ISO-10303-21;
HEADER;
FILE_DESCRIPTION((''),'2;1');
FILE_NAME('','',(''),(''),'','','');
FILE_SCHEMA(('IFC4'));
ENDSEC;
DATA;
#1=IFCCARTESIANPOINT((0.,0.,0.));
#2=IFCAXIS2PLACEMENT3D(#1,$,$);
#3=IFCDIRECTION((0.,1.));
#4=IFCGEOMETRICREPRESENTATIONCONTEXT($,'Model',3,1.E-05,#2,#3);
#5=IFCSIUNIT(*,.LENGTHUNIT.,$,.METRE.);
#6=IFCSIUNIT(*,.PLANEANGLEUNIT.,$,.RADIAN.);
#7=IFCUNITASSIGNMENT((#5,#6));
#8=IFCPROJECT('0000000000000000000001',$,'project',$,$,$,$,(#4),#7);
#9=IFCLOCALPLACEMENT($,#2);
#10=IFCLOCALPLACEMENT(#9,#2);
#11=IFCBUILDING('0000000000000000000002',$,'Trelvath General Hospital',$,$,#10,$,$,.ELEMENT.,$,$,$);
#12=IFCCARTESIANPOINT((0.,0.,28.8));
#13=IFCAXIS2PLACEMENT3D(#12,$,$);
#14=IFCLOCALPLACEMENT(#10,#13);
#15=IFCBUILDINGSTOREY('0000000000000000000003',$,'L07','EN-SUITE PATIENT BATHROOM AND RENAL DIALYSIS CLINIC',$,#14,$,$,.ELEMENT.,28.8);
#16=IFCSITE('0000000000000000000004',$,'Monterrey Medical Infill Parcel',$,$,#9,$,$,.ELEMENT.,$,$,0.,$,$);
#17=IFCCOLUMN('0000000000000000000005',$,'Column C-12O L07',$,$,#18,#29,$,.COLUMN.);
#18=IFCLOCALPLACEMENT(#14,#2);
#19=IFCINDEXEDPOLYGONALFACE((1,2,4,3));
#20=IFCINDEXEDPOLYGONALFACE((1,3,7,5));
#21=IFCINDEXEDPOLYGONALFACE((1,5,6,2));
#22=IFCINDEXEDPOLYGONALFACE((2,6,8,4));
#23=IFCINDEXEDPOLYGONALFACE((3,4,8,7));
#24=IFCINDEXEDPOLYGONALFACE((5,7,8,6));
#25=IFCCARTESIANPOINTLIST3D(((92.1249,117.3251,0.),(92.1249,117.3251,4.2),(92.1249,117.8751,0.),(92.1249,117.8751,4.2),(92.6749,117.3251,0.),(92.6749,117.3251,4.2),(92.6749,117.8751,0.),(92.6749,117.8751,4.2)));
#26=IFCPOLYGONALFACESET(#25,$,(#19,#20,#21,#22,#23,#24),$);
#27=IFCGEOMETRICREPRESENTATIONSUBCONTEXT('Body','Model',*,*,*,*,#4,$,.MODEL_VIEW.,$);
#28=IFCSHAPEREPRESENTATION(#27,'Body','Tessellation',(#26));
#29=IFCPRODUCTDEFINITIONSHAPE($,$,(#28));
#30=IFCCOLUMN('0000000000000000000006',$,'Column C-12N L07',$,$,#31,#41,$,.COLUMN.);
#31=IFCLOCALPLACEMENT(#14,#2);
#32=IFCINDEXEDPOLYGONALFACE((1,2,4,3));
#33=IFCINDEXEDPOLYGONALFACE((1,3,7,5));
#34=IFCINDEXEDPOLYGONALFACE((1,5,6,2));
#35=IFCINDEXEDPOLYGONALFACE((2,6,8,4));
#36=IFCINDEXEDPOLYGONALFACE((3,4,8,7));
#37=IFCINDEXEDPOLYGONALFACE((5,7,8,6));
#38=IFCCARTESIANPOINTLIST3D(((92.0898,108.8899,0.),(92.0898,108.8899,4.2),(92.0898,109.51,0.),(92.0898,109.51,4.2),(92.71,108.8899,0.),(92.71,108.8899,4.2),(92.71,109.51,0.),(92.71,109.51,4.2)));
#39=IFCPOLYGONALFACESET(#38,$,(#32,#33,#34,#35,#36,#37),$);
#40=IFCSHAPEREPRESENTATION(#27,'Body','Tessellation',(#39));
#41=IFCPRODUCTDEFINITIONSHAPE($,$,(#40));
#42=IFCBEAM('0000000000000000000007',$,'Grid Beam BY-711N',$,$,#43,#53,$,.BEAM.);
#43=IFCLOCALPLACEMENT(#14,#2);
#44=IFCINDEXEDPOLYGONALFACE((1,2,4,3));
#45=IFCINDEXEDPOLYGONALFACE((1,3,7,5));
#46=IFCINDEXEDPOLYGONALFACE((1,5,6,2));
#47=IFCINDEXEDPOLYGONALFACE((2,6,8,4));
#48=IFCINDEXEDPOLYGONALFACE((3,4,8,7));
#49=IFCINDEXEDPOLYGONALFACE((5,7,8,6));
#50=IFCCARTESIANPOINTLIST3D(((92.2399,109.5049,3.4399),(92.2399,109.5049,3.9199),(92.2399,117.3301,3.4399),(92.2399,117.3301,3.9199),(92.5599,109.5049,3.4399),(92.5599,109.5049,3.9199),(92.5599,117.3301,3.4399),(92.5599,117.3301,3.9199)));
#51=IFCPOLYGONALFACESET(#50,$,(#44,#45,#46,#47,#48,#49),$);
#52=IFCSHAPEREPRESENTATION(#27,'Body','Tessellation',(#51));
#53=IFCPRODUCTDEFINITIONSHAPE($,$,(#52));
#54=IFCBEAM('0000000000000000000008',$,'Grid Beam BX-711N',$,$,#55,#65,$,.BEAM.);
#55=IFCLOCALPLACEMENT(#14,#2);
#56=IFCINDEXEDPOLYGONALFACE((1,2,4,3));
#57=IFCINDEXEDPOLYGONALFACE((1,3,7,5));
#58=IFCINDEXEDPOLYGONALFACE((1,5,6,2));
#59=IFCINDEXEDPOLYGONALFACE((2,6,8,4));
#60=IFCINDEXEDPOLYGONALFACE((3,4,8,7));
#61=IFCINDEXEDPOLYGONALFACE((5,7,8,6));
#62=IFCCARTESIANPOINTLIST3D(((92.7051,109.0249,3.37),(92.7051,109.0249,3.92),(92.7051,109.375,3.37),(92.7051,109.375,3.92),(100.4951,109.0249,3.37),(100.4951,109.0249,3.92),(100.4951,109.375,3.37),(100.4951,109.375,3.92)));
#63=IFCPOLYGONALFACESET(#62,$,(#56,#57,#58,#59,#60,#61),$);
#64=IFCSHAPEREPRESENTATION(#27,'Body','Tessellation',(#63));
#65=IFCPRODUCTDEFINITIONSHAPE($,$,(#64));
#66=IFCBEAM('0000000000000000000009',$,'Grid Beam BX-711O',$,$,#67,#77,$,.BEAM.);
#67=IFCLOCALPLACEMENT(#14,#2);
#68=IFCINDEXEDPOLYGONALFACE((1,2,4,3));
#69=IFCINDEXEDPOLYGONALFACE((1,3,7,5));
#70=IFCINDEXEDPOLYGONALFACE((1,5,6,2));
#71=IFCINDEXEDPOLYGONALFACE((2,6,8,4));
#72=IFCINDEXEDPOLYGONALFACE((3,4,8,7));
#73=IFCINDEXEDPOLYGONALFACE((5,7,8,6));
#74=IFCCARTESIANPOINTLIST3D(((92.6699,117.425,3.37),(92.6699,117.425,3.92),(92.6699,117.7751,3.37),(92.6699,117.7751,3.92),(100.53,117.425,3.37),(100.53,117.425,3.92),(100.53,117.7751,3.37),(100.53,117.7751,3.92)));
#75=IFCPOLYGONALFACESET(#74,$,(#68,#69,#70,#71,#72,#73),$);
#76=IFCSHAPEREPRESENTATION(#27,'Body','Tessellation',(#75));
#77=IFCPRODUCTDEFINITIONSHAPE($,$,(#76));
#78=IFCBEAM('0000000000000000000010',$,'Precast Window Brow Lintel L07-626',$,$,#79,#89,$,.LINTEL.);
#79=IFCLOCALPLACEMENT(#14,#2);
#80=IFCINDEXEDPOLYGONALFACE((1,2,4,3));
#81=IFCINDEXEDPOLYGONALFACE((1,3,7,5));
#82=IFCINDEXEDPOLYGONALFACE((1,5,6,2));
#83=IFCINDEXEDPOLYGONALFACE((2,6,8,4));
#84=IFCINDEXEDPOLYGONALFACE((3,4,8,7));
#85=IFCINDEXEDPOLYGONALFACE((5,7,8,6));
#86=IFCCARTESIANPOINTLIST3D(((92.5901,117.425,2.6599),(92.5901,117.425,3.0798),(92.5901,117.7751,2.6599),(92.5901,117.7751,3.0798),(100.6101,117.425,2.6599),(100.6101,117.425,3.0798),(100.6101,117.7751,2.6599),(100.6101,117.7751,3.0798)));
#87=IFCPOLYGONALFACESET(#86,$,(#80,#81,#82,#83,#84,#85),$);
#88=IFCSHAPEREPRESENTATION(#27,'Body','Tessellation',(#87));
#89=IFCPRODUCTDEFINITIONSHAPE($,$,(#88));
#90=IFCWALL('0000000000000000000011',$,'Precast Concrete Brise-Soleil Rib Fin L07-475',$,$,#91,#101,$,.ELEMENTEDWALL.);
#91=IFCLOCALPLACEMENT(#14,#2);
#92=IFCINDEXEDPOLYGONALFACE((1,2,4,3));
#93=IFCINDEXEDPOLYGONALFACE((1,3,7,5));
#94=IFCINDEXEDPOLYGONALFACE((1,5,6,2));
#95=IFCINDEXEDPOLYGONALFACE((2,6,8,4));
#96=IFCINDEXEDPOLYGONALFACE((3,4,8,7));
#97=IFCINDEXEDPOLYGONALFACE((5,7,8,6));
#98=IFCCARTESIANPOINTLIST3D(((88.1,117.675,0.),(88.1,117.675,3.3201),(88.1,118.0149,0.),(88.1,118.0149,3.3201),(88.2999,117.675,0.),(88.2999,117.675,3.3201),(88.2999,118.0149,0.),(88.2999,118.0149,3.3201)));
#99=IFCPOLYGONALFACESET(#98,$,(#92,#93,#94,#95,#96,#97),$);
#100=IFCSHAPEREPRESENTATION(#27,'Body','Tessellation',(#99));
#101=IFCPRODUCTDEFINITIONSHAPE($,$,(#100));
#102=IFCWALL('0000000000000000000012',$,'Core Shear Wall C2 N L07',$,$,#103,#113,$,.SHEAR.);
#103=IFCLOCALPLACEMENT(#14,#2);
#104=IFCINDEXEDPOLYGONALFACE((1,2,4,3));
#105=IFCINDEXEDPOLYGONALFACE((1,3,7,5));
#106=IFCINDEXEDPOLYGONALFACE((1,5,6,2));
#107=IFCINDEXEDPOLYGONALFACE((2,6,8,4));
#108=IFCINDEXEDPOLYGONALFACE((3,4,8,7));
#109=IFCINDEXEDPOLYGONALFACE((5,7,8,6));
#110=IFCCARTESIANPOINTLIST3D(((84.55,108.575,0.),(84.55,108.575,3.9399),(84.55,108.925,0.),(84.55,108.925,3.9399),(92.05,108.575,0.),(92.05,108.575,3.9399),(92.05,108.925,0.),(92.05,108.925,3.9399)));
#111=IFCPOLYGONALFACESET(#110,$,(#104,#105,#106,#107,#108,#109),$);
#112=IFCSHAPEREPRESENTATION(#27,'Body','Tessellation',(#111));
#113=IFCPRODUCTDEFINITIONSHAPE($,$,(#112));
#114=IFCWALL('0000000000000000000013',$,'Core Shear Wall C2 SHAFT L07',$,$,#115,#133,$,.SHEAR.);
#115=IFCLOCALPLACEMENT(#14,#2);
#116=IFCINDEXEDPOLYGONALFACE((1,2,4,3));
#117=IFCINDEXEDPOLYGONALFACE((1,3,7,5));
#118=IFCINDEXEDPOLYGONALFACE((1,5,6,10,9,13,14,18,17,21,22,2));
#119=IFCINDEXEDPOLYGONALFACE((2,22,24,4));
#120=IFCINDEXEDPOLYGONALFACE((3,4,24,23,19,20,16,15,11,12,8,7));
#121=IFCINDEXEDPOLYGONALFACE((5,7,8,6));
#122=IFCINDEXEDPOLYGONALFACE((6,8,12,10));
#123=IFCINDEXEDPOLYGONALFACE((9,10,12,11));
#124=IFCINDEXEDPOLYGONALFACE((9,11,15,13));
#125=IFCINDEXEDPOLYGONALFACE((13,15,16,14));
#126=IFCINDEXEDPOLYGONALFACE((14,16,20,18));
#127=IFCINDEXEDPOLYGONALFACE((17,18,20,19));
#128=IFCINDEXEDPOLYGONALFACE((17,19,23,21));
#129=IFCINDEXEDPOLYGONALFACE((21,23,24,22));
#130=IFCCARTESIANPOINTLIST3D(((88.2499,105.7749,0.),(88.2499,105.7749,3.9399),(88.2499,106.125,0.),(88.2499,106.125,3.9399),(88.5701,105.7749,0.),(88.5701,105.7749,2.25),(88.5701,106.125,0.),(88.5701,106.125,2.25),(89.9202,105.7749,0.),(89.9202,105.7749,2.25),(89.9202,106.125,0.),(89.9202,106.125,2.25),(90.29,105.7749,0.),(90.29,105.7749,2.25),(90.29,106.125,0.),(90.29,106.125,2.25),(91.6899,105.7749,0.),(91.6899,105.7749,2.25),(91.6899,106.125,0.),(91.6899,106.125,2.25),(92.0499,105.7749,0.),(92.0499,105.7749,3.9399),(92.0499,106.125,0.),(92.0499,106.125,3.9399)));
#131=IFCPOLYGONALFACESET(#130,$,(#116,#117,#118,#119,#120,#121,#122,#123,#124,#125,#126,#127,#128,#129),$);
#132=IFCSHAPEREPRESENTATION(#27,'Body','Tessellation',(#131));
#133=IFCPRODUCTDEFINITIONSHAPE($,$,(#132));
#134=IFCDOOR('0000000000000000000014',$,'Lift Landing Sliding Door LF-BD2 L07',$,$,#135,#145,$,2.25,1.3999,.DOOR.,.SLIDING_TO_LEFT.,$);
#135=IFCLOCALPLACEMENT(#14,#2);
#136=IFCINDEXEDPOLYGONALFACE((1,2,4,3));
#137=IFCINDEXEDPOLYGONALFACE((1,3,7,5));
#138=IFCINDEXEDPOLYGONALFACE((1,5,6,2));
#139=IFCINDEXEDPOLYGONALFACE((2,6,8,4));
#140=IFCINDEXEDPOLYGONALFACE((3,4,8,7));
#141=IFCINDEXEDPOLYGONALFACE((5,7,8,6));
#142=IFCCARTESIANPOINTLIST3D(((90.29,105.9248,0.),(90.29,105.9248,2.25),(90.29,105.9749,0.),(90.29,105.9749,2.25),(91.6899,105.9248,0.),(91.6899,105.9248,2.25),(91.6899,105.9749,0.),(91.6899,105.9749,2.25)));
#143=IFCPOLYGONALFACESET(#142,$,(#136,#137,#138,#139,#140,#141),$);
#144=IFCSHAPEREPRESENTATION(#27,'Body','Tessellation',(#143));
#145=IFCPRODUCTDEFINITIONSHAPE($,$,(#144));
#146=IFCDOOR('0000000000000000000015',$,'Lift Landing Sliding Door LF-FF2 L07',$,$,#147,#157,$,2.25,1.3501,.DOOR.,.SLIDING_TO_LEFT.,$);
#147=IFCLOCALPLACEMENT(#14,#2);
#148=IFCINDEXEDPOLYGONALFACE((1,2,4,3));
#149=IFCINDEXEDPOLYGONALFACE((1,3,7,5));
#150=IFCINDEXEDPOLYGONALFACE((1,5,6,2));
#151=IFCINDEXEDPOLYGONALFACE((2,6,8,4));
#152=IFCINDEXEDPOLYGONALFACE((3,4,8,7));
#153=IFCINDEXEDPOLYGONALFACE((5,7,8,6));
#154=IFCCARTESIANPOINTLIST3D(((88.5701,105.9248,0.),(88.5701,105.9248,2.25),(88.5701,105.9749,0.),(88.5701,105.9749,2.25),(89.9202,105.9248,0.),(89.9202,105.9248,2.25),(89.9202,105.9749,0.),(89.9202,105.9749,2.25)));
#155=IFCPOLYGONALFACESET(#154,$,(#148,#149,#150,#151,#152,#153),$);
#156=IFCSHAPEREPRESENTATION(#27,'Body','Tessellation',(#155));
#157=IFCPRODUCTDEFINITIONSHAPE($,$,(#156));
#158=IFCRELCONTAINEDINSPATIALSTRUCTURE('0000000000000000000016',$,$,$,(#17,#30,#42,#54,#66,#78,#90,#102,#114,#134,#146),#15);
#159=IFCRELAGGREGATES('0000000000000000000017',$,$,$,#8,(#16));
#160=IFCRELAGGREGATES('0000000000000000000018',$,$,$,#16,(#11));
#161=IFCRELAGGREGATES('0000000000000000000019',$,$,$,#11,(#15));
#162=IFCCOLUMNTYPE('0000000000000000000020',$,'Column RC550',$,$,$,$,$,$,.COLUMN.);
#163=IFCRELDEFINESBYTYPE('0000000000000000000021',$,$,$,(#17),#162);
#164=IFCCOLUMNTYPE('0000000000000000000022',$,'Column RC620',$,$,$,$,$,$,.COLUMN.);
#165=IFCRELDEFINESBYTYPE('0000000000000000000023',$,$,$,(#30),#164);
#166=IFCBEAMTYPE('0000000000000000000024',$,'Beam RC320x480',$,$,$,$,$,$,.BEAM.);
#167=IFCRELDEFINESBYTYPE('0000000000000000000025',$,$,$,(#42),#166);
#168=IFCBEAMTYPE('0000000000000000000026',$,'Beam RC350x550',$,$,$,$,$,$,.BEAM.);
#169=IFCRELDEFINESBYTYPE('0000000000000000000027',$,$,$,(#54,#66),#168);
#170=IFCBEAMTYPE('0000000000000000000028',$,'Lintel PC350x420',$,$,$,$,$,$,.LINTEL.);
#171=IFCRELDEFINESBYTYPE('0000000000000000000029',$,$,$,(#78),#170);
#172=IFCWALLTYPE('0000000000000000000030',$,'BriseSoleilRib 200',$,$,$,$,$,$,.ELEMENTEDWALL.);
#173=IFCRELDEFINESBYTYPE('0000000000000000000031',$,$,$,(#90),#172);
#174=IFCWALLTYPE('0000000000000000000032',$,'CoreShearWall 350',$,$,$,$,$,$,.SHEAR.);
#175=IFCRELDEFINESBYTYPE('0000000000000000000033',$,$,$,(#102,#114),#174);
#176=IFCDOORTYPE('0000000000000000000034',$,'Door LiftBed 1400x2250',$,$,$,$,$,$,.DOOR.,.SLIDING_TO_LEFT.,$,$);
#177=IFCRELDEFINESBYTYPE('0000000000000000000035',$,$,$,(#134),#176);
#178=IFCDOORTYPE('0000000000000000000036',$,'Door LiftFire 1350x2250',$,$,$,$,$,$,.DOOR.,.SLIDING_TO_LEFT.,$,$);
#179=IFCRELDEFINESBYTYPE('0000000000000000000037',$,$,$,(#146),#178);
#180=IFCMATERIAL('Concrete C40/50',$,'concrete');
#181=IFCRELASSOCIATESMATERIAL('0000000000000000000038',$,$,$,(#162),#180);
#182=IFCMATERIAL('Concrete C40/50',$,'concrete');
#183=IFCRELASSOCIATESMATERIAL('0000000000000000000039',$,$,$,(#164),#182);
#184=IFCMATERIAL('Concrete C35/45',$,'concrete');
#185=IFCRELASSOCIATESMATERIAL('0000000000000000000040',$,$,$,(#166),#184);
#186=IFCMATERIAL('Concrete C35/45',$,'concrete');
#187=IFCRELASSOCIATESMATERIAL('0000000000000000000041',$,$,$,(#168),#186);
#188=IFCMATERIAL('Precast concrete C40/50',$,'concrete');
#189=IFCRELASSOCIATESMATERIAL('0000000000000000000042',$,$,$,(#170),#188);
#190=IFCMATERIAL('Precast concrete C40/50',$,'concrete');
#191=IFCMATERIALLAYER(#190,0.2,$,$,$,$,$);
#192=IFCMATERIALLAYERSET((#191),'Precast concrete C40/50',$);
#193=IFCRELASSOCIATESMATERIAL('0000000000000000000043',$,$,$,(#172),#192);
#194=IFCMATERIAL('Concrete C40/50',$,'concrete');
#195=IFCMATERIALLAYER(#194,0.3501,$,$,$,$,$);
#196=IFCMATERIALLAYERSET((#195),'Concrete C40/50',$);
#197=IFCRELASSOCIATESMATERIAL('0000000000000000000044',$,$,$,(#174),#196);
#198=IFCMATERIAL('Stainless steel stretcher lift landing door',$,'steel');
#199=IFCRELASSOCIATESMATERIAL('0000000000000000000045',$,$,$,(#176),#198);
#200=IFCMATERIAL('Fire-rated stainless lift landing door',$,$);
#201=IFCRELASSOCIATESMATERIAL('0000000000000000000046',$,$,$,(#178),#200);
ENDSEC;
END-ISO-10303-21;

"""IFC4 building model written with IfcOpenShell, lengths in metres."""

from ifc_helpers import new_model, si_unit, direction, frame, frame_2d, origin, origin_2d, place, context, subcontext, project, spatial, rectangle, extrude, material, layer, layer_set, material_profile, profile_set, type_object, element, fill, save


model = new_model("IFC4")

# Units and contexts
model_context = context("Model", 3, precision=1e-05, world=origin(), true_north=direction((0.0, 1.0)))
body_context = subcontext(model_context, "Body", "Model", "MODEL_VIEW")
ifc_project = project(units=[si_unit("LENGTHUNIT", "METRE"), si_unit("PLANEANGLEUNIT", "RADIAN")], contexts=[model_context])

# Site, building, storey
site_placement = place(None, origin())
site = spatial("IfcSite", under=ifc_project, at=site_placement, Name="Monterrey Medical Infill Parcel", CompositionType="ELEMENT", RefElevation=0.0)
building_placement = place(site_placement, origin())
building = spatial("IfcBuilding", under=site, at=building_placement, Name="Trelvath General Hospital", CompositionType="ELEMENT")
storey_placement = place(building_placement, frame((0.0, 0.0, 28.8)))
storey = spatial("IfcBuildingStorey", under=building, at=storey_placement, Name="L07", Description="EN-SUITE PATIENT BATHROOM AND RENAL DIALYSIS CLINIC", CompositionType="ELEMENT", Elevation=28.8)

# Columns
ifc_material_1 = material(Name="Concrete C40/50", Category="concrete")
ifc_material_profile_1 = material_profile(ifc_material_1, rectangle(XDim=0.55, YDim=0.55, at=origin_2d()), Name="RC550x550")
ifc_profile_set_1 = profile_set([ifc_material_profile_1], Name="Concrete C40/50")
column_type_1 = type_object("IfcColumnType", Name="Column RC550", PredefinedType="COLUMN", material=ifc_profile_set_1)
column_1_placement = place(storey_placement, frame((92.3999, 117.6001, 0.0), z_axis=(0.0, 0.0, 1.0), x_axis=(1.0, 0.0, 0.0)))
element("IfcColumn", 1, at=column_1_placement, inside=storey, type_object=column_type_1, Name="Column C-12O L07", PredefinedType="COLUMN", context=body_context, shape_type="SweptSolid", body=[
    extrude(rectangle(XDim=0.55, YDim=0.55, at=origin_2d()), origin(), (0.0, 0.0, 1.0), 4.2),
])
ifc_material_2 = material(Name="Concrete C40/50", Category="concrete")
ifc_material_profile_2 = material_profile(ifc_material_2, rectangle(XDim=0.6201, YDim=0.6201, at=origin_2d()), Name="RC620x620")
ifc_profile_set_2 = profile_set([ifc_material_profile_2], Name="Concrete C40/50")
column_type_2 = type_object("IfcColumnType", Name="Column RC620", PredefinedType="COLUMN", material=ifc_profile_set_2)
column_2_placement = place(storey_placement, frame((92.3999, 109.2, 0.0), z_axis=(0.0, 0.0, 1.0), x_axis=(1.0, 0.0, 0.0)))
element("IfcColumn", 2, at=column_2_placement, inside=storey, type_object=column_type_2, Name="Column C-12N L07", PredefinedType="COLUMN", context=body_context, shape_type="SweptSolid", body=[
    extrude(rectangle(XDim=0.6201, YDim=0.6201, at=origin_2d()), origin(), (0.0, 0.0, 1.0), 4.2),
])

# Beams
ifc_material_3 = material(Name="Concrete C35/45", Category="concrete")
ifc_material_profile_3 = material_profile(ifc_material_3, rectangle(XDim=0.3201, YDim=0.48, at=origin_2d()), Name="RCB320x480")
ifc_profile_set_3 = profile_set([ifc_material_profile_3], Name="Concrete C35/45")
beam_type_1 = type_object("IfcBeamType", Name="Beam RC320x480", PredefinedType="BEAM", material=ifc_profile_set_3)
beam_1_placement = place(storey_placement, frame((92.3999, 109.5049, 3.6799), z_axis=(0.0, 1.0, 0.0), x_axis=(-1.0, 0.0, 0.0)))
element("IfcBeam", 3, at=beam_1_placement, inside=storey, type_object=beam_type_1, Name="Grid Beam BY-711N", PredefinedType="BEAM", context=body_context, shape_type="SweptSolid", body=[
    extrude(rectangle(XDim=0.3201, YDim=0.48, at=origin_2d()), origin(), (0.0, 0.0, 1.0), 7.8252),
])
ifc_material_4 = material(Name="Concrete C35/45", Category="concrete")
ifc_material_profile_4 = material_profile(ifc_material_4, rectangle(XDim=0.3501, YDim=0.55, at=origin_2d()), Name="RCB350x550")
ifc_profile_set_4 = profile_set([ifc_material_profile_4], Name="Concrete C35/45")
beam_type_2 = type_object("IfcBeamType", Name="Beam RC350x550", PredefinedType="BEAM", material=ifc_profile_set_4)
beam_2_placement = place(storey_placement, frame((92.7051, 109.2, 3.645), z_axis=(1.0, 0.0, 0.0), x_axis=(0.0, 1.0, 0.0)))
element("IfcBeam", 4, at=beam_2_placement, inside=storey, type_object=beam_type_2, Name="Grid Beam BX-711N", PredefinedType="BEAM", context=body_context, shape_type="SweptSolid", body=[
    extrude(rectangle(XDim=0.3501, YDim=0.55, at=origin_2d()), origin(), (0.0, 0.0, 1.0), 7.79),
])
beam_3_placement = place(storey_placement, frame((92.6699, 117.6001, 3.645), z_axis=(1.0, 0.0, 0.0), x_axis=(0.0, 1.0, 0.0)))
element("IfcBeam", 5, at=beam_3_placement, inside=storey, type_object=beam_type_2, Name="Grid Beam BX-711O", PredefinedType="BEAM", context=body_context, shape_type="SweptSolid", body=[
    extrude(rectangle(XDim=0.3501, YDim=0.55, at=origin_2d()), origin(), (0.0, 0.0, 1.0), 7.8601),
])
ifc_material_5 = material(Name="Precast concrete C40/50", Category="concrete")
ifc_material_profile_5 = material_profile(ifc_material_5, rectangle(XDim=0.3501, YDim=0.4199, at=origin_2d()), Name="PCL350x420")
ifc_profile_set_5 = profile_set([ifc_material_profile_5], Name="Precast concrete C40/50")
beam_type_3 = type_object("IfcBeamType", Name="Lintel PC350x420", PredefinedType="LINTEL", material=ifc_profile_set_5)
beam_4_placement = place(storey_placement, frame((92.5901, 117.6001, 2.8699), z_axis=(1.0, 0.0, 0.0), x_axis=(0.0, 1.0, 0.0)))
element("IfcBeam", 6, at=beam_4_placement, inside=storey, type_object=beam_type_3, Name="Precast Window Brow Lintel L07-626", PredefinedType="LINTEL", context=body_context, shape_type="SweptSolid", body=[
    extrude(rectangle(XDim=0.3501, YDim=0.4199, at=origin_2d()), origin(), (0.0, 0.0, 1.0), 8.02),
])

# Walls
ifc_material_6 = material(Name="Precast concrete C40/50", Category="concrete")
ifc_layer_1 = layer(ifc_material_6, 0.2)
ifc_layer_set_1 = layer_set([ifc_layer_1], Name="Precast concrete C40/50")
wall_type_1 = type_object("IfcWallType", Name="BriseSoleilRib 200", PredefinedType="ELEMENTEDWALL", material=ifc_layer_set_1)
wall_1_placement = place(storey_placement, frame((88.2, 117.675, 0.0), z_axis=(0.0, 0.0, 1.0), x_axis=(0.0, 1.0, 0.0)))
element("IfcWall", 7, at=wall_1_placement, inside=storey, type_object=wall_type_1, Name="Precast Concrete Brise-Soleil Rib Fin L07-475", PredefinedType="ELEMENTEDWALL", context=body_context, shape_type="SweptSolid", body=[
    extrude(rectangle(XDim=0.3398, YDim=0.2, at=frame_2d((0.1699, 0.0))), origin(), (0.0, 0.0, 1.0), 3.3201),
])
ifc_material_7 = material(Name="Concrete C40/50", Category="concrete")
ifc_layer_2 = layer(ifc_material_7, 0.3501)
ifc_layer_set_2 = layer_set([ifc_layer_2], Name="Concrete C40/50")
wall_type_2 = type_object("IfcWallType", Name="CoreShearWall 350", PredefinedType="SHEAR", material=ifc_layer_set_2)
wall_2_placement = place(storey_placement, frame((84.55, 108.75, 0.0), z_axis=(0.0, 0.0, 1.0), x_axis=(1.0, 0.0, 0.0)))
element("IfcWall", 8, at=wall_2_placement, inside=storey, type_object=wall_type_2, Name="Core Shear Wall C2 N L07", PredefinedType="SHEAR", context=body_context, shape_type="SweptSolid", body=[
    extrude(rectangle(XDim=7.5, YDim=0.3501, at=frame_2d((3.75, 0.0))), origin(), (0.0, 0.0, 1.0), 3.9399),
])

# Wall, openings, doors
wall_3_placement = place(storey_placement, frame((88.25, 105.95, 0.0), z_axis=(0.0, 0.0, 1.0), x_axis=(1.0, 0.0, 0.0)))
wall_3 = element("IfcWall", 9, at=wall_3_placement, inside=storey, type_object=wall_type_2, Name="Core Shear Wall C2 SHAFT L07", PredefinedType="SHEAR", context=body_context, shape_type="SweptSolid", body=[
    extrude(rectangle(XDim=3.8, YDim=0.3501, at=frame_2d((1.8999, 0.0))), origin(), (0.0, 0.0, 1.0), 3.9399),
])
opening_1_placement = place(wall_3_placement, frame((0.3201, 0.0, 0.0)))
opening_1 = element("IfcOpeningElement", 10, at=opening_1_placement, cuts=wall_3, PredefinedType="OPENING", context=body_context, shape_type="SweptSolid", body=[
    extrude(rectangle(XDim=1.3501, YDim=2.25, at=frame_2d((0.675, 1.125))), frame((0.0, 0.1851, 0.0), z_axis=(0.0, -1.0, 0.0), x_axis=(1.0, 0.0, 0.0)), (0.0, 0.0, 1.0), 0.3701),
])
opening_2_placement = place(wall_3_placement, frame((2.04, 0.0, 0.0)))
opening_2 = element("IfcOpeningElement", 11, at=opening_2_placement, cuts=wall_3, PredefinedType="OPENING", context=body_context, shape_type="SweptSolid", body=[
    extrude(rectangle(XDim=1.3999, YDim=2.25, at=frame_2d((0.7, 1.125))), frame((0.0, 0.1851, 0.0), z_axis=(0.0, -1.0, 0.0), x_axis=(1.0, 0.0, 0.0)), (0.0, 0.0, 1.0), 0.3701),
])
ifc_material_8 = material(Name="Stainless steel stretcher lift landing door", Category="steel")
door_type_1 = type_object("IfcDoorType", Name="Door LiftBed 1400x2250", OperationType="SLIDING_TO_LEFT", PredefinedType="DOOR", material=ifc_material_8)
door_1_placement = place(opening_2_placement, origin())
door_1 = element("IfcDoor", 12, at=door_1_placement, inside=storey, type_object=door_type_1, Name="Lift Landing Sliding Door LF-BD2 L07", OperationType="SLIDING_TO_LEFT", OverallHeight=2.25, OverallWidth=1.3999, PredefinedType="DOOR", context=body_context, shape_type="SweptSolid", body=[
    extrude(rectangle(XDim=1.3999, YDim=2.25, at=frame_2d((0.7, 1.125))), frame((0.0, 0.0249, 0.0), z_axis=(0.0, -1.0, 0.0), x_axis=(1.0, 0.0, 0.0)), (0.0, 0.0, 1.0), 0.05),
])
fill(opening_2, door_1)
ifc_material_9 = material(Name="Fire-rated stainless lift landing door")
door_type_2 = type_object("IfcDoorType", Name="Door LiftFire 1350x2250", OperationType="SLIDING_TO_LEFT", PredefinedType="DOOR", material=ifc_material_9)
door_2_placement = place(opening_1_placement, origin())
door_2 = element("IfcDoor", 13, at=door_2_placement, inside=storey, type_object=door_type_2, Name="Lift Landing Sliding Door LF-FF2 L07", OperationType="SLIDING_TO_LEFT", OverallHeight=2.25, OverallWidth=1.3501, PredefinedType="DOOR", context=body_context, shape_type="SweptSolid", body=[
    extrude(rectangle(XDim=1.3501, YDim=2.25, at=frame_2d((0.675, 1.125))), frame((0.0, 0.0249, 0.0), z_axis=(0.0, -1.0, 0.0), x_axis=(1.0, 0.0, 0.0)), (0.0, 0.0, 1.0), 0.05),
])
fill(opening_1, door_2)

save(model, "model.ifc")
